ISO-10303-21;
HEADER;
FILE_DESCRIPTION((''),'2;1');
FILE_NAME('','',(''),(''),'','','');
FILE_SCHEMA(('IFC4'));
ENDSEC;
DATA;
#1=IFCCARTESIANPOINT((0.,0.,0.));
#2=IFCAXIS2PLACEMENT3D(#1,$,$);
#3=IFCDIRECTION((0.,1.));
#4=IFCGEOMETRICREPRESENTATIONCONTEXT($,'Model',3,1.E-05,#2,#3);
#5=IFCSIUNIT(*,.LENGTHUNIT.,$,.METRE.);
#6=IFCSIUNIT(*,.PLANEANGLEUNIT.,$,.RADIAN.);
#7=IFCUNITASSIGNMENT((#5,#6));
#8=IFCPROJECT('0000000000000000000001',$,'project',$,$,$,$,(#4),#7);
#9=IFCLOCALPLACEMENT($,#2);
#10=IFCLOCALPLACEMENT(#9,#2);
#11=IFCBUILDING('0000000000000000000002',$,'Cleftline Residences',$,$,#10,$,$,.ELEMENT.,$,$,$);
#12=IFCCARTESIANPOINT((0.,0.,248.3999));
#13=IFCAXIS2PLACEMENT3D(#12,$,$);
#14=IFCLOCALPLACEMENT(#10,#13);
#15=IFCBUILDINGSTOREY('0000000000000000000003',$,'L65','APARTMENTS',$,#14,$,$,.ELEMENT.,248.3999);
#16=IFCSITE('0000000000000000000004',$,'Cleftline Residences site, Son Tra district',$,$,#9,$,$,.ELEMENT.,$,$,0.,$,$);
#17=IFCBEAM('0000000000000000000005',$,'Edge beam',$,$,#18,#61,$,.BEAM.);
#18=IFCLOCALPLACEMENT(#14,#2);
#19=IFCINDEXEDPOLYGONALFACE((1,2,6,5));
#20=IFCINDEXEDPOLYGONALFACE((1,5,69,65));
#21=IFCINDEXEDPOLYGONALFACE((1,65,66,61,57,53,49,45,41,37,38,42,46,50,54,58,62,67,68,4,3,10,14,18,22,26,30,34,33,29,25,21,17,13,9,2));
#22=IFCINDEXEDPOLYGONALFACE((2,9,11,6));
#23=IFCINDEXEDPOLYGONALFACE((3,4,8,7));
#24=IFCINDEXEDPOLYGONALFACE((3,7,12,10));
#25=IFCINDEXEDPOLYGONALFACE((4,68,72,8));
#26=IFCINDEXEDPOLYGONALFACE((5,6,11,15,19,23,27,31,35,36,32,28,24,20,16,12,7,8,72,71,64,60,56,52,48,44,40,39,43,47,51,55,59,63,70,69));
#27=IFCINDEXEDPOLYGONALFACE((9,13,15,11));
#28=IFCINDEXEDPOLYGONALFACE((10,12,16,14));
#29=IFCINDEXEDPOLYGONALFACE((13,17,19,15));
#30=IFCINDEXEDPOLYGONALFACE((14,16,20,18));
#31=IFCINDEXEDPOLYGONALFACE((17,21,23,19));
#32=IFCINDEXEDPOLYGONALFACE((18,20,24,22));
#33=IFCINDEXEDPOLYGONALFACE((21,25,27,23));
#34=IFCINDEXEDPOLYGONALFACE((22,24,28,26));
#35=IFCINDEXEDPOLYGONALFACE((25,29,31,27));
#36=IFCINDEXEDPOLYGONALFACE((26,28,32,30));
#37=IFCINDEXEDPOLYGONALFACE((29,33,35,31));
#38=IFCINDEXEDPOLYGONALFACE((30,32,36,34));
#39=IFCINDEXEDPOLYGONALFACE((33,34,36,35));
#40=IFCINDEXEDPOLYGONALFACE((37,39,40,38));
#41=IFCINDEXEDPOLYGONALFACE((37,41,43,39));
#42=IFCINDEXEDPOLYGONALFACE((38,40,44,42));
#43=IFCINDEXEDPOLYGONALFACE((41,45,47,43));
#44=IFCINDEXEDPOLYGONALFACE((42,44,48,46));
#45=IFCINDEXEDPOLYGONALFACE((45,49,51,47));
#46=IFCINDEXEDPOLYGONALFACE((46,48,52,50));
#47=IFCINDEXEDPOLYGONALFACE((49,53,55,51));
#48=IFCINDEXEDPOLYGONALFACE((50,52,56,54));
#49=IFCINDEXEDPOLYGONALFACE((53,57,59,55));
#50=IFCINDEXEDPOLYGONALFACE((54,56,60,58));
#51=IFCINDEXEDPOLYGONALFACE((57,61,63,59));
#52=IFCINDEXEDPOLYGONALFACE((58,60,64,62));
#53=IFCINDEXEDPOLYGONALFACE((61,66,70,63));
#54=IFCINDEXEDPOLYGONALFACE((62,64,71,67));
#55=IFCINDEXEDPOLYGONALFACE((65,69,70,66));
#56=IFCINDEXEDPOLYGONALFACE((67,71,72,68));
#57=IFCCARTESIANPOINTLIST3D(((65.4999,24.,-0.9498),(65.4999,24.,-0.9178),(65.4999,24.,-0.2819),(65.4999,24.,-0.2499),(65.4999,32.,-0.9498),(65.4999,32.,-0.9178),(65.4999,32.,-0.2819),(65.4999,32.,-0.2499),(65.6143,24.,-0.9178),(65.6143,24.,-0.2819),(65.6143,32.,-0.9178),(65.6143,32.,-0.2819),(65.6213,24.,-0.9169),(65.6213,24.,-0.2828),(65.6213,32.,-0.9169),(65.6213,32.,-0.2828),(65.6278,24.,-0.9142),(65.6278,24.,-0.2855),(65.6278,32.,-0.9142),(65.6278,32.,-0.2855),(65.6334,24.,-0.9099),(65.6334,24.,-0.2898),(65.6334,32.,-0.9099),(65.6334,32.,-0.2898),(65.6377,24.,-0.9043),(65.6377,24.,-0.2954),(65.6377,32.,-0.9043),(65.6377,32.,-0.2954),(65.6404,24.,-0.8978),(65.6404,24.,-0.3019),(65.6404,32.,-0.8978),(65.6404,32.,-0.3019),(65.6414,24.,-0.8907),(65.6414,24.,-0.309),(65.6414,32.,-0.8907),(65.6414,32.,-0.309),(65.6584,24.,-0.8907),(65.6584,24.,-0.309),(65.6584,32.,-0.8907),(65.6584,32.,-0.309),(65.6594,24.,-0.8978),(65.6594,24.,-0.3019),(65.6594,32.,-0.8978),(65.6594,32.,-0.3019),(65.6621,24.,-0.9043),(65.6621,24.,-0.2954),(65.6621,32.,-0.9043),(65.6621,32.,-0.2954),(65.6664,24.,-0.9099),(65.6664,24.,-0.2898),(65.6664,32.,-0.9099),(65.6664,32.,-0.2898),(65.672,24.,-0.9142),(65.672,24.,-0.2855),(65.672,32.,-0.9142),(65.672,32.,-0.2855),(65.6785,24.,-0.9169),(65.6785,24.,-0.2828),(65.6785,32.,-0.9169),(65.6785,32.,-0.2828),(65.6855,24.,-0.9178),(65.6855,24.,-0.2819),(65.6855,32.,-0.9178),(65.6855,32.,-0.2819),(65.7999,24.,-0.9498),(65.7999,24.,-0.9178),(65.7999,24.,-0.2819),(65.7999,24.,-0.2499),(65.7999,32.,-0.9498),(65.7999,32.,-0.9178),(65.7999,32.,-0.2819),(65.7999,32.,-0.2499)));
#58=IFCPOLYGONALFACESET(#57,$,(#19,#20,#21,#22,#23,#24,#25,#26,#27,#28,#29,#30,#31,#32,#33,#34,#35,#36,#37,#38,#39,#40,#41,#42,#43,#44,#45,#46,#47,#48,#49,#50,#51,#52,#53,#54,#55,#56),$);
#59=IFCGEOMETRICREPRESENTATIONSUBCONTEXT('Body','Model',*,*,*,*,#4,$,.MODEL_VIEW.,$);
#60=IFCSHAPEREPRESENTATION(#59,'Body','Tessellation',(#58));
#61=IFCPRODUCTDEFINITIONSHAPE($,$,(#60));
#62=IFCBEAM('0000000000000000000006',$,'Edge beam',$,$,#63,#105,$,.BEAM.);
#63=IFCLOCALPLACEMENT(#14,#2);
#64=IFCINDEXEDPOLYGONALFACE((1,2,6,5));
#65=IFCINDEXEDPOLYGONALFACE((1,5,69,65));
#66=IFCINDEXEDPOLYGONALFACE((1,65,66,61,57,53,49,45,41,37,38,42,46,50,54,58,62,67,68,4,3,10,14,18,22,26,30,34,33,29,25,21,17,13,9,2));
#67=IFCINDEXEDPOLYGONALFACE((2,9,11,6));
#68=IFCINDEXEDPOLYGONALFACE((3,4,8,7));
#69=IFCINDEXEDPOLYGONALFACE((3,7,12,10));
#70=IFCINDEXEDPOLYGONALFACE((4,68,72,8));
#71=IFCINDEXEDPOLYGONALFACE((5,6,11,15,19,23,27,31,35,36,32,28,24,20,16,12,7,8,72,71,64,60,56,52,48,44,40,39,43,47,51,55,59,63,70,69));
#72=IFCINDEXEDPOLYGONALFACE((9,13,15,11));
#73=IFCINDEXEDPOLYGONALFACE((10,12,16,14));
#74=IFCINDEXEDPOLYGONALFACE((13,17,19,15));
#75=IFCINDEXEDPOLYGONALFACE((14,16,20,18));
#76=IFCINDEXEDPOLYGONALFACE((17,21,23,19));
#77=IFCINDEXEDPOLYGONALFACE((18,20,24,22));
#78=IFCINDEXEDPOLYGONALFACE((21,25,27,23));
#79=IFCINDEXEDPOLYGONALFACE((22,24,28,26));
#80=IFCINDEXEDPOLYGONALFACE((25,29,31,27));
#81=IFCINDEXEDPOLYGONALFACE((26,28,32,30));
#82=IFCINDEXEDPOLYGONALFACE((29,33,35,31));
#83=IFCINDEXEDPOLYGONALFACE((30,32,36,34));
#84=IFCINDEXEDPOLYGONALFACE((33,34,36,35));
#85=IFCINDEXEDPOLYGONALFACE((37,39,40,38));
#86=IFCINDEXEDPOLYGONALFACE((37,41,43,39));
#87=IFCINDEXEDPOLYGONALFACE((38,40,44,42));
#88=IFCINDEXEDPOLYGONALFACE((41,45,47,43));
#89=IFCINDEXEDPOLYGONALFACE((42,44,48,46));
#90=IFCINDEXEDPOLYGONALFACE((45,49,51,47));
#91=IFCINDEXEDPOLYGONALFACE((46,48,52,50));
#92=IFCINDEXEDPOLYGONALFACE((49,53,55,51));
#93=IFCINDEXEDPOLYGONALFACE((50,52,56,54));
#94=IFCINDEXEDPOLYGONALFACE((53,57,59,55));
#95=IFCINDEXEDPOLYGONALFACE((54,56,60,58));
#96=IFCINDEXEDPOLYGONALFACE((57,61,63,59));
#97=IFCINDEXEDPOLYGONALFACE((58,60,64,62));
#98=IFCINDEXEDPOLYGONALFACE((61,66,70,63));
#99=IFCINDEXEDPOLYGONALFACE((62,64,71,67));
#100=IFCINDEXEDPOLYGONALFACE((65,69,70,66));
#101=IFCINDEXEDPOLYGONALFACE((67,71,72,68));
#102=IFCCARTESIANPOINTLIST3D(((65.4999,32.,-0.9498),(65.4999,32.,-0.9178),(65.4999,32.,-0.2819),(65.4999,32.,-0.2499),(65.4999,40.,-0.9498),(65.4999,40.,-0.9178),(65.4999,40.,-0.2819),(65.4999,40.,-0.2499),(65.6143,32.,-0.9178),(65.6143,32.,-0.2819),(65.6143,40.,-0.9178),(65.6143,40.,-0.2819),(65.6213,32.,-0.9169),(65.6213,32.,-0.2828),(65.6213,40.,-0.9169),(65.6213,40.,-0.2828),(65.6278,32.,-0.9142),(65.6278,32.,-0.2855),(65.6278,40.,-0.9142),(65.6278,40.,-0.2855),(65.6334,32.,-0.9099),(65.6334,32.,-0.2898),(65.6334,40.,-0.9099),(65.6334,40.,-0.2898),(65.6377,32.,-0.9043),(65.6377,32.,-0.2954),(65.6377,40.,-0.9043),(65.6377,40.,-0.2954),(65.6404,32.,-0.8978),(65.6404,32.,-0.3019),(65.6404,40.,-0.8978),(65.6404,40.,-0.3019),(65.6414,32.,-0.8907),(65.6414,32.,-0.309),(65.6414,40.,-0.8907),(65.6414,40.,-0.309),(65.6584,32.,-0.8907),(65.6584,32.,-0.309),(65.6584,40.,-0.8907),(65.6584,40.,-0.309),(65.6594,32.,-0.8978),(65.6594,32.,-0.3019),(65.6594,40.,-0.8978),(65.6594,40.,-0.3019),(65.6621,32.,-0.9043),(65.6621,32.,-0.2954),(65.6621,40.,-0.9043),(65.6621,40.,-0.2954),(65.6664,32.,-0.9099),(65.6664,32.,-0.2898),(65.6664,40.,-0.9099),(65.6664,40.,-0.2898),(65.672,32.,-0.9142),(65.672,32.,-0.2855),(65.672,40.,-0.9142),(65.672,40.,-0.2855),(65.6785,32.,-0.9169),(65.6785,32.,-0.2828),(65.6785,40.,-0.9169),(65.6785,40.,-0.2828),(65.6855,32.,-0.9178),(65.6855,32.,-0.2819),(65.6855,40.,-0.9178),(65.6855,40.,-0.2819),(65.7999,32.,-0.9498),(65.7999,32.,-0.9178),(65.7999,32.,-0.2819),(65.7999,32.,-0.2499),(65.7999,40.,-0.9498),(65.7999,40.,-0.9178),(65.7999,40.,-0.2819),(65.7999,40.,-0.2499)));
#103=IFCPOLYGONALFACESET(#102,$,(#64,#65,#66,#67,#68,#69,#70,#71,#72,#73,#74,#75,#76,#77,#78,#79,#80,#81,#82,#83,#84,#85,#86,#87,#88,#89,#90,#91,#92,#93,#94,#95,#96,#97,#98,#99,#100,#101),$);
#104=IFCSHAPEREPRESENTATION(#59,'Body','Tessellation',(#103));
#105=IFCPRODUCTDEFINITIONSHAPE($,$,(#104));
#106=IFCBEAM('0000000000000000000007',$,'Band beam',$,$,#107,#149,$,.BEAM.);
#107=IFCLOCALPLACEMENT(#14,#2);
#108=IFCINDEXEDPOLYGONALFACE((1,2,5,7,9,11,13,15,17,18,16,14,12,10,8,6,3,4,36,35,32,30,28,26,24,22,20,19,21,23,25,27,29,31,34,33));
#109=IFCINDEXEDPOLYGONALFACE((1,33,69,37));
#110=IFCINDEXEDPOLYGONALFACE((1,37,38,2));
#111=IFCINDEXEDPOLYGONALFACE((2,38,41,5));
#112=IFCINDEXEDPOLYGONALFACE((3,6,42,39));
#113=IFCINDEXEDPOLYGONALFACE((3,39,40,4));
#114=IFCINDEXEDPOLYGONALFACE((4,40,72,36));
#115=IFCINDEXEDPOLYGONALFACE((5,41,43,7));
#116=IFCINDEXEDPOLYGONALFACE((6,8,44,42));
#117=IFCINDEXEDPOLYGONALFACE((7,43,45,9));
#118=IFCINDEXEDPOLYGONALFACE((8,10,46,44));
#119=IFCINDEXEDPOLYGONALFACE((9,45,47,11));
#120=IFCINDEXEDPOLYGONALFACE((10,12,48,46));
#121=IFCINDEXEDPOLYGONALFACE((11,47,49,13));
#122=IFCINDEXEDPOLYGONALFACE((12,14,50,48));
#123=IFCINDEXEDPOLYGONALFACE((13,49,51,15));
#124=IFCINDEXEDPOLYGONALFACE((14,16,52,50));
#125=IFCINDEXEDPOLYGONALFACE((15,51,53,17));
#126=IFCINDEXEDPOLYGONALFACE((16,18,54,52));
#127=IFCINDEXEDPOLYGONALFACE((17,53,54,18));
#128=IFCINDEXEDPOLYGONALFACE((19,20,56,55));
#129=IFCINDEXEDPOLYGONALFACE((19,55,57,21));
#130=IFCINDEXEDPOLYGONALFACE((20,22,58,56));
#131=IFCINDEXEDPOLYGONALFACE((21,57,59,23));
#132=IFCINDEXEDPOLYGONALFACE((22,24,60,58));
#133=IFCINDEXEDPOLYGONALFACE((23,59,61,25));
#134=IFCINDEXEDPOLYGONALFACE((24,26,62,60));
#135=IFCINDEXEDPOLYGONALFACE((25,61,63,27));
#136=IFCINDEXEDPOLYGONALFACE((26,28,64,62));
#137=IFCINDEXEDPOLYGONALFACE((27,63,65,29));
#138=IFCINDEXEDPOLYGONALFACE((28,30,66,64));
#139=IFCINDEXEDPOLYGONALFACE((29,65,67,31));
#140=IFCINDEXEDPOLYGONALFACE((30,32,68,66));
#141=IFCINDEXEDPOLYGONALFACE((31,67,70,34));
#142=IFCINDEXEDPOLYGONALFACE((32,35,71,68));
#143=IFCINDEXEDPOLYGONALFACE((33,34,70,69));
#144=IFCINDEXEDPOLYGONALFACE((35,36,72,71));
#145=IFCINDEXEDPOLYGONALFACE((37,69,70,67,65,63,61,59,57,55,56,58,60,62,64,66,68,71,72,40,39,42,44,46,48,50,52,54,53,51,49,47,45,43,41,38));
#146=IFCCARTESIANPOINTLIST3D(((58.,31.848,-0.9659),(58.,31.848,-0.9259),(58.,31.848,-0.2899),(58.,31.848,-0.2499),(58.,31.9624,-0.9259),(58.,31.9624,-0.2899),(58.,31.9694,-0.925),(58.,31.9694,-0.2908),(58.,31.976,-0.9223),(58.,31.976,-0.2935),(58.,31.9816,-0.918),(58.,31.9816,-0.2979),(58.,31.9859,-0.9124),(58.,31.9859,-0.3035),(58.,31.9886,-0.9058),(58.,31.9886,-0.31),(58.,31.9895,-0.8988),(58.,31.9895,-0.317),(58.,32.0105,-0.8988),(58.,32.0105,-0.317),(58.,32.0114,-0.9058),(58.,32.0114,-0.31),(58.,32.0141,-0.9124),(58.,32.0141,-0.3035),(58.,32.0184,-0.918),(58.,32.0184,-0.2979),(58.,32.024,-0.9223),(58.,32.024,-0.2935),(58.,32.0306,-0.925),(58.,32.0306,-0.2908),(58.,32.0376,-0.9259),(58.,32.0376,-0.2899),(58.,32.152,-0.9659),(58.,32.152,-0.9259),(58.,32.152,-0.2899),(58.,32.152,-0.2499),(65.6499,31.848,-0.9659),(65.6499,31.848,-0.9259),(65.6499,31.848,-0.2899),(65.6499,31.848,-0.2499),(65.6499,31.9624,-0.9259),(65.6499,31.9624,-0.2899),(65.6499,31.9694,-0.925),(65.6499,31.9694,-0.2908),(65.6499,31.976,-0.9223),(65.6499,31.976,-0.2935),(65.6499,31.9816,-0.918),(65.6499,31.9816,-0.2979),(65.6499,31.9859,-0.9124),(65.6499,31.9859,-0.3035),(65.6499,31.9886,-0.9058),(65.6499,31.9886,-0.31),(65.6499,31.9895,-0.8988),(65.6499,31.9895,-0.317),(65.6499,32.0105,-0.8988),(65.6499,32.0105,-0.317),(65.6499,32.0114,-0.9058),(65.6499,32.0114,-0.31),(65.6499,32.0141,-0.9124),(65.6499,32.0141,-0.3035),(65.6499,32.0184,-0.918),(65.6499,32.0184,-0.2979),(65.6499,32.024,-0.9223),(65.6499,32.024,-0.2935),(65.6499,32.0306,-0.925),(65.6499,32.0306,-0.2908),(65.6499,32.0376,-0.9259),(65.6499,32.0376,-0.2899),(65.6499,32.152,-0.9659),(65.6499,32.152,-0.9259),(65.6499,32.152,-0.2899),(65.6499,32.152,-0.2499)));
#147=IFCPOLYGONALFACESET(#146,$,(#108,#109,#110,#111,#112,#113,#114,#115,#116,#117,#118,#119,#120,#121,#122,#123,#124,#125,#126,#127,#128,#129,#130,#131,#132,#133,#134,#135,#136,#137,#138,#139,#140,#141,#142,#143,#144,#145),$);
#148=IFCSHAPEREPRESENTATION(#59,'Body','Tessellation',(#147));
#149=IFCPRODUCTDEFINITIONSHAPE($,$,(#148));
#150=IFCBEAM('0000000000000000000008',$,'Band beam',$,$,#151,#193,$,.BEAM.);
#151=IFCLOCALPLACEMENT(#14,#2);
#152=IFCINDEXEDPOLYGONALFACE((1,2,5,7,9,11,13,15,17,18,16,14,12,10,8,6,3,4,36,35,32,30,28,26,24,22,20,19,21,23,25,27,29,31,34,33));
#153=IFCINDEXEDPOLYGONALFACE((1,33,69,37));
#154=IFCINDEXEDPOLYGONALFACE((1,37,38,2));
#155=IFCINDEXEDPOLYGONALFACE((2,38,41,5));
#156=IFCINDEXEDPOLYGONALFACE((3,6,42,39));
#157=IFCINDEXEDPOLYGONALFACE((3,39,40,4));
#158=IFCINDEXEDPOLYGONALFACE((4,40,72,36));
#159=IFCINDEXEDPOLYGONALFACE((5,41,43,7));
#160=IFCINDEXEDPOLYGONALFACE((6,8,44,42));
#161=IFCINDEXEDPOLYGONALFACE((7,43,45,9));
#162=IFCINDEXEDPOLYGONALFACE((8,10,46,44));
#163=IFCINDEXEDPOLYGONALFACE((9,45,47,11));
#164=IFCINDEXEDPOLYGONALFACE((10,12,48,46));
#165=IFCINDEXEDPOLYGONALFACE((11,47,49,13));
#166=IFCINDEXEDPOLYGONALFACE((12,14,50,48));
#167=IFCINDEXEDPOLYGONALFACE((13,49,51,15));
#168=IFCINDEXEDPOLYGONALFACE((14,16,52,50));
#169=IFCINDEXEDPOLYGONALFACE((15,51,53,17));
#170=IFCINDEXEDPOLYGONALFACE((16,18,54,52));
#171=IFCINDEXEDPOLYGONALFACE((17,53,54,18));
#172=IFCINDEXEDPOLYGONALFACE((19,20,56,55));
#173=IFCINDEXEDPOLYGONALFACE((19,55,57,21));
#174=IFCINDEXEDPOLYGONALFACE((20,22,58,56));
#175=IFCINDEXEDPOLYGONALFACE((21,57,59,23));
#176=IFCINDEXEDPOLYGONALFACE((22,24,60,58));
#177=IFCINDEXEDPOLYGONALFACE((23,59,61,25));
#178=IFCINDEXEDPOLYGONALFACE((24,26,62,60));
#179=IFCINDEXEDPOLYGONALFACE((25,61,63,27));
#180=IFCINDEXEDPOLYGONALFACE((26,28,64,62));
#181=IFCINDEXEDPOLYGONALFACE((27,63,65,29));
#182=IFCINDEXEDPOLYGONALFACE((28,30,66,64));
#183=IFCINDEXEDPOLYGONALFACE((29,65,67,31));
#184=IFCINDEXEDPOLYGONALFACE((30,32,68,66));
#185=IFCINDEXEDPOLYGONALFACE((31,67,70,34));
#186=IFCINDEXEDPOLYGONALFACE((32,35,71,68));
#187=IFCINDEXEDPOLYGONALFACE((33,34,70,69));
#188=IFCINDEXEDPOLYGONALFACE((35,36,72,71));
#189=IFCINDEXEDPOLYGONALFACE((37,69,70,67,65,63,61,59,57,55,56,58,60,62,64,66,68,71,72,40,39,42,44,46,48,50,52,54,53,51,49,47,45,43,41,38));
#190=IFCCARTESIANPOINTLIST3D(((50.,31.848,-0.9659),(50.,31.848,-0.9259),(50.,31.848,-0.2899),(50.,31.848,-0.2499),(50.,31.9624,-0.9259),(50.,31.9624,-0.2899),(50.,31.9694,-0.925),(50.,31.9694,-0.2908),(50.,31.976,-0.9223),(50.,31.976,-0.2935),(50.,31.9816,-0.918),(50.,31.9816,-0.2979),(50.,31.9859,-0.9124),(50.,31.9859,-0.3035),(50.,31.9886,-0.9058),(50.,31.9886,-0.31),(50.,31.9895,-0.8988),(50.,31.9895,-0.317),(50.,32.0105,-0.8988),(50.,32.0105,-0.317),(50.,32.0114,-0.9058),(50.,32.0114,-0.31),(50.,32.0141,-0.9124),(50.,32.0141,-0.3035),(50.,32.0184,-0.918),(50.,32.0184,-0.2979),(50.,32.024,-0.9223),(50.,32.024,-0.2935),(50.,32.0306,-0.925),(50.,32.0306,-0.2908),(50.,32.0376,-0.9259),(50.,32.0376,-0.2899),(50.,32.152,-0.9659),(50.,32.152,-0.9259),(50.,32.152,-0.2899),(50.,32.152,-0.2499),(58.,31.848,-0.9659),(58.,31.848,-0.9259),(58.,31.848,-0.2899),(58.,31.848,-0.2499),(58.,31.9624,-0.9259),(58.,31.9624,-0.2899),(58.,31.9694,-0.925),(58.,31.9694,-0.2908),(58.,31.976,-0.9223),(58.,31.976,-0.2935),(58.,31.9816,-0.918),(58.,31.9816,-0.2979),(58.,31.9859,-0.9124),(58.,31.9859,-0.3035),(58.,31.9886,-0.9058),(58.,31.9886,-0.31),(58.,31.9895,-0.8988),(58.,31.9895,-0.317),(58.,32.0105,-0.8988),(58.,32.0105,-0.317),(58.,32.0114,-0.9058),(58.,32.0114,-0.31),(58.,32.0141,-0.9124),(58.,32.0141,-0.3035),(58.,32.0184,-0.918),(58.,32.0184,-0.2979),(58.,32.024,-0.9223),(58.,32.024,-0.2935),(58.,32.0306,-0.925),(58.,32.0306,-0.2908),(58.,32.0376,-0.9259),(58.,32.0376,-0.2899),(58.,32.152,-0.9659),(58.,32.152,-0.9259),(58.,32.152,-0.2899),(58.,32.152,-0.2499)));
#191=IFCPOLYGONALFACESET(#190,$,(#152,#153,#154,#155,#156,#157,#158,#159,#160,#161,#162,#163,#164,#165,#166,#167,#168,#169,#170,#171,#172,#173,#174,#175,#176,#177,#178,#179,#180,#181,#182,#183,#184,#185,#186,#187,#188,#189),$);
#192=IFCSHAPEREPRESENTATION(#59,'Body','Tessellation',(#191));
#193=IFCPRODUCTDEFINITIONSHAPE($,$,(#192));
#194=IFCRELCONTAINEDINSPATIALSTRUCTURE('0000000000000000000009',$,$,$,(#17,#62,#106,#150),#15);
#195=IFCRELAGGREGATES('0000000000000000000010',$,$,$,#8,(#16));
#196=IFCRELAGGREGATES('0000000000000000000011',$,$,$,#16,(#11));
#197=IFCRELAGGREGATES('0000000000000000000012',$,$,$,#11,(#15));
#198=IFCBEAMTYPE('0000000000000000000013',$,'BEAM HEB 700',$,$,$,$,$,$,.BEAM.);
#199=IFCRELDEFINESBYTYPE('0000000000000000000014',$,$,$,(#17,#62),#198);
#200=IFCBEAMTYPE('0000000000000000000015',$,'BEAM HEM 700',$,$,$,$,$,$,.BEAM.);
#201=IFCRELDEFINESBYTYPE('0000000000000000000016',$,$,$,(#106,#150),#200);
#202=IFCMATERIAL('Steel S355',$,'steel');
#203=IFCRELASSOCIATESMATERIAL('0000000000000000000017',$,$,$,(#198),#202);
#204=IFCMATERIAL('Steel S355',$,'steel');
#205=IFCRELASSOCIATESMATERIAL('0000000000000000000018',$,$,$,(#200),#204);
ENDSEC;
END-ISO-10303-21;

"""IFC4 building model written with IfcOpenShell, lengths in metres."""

from ifc_helpers import new_model, si_unit, direction, frame, origin, origin_2d, place, context, subcontext, project, spatial, i_section, extrude, material, material_profile, profile_set, type_object, element, save


model = new_model("IFC4")

# Units and contexts
model_context = context("Model", 3, precision=1e-05, world=origin(), true_north=direction((0.0, 1.0)))
body_context = subcontext(model_context, "Body", "Model", "MODEL_VIEW")
ifc_project = project(units=[si_unit("LENGTHUNIT", "METRE"), si_unit("PLANEANGLEUNIT", "RADIAN")], contexts=[model_context])

# Site, building, storey
site_placement = place(None, origin())
site = spatial("IfcSite", under=ifc_project, at=site_placement, Name="Cleftline Residences site, Son Tra district", CompositionType="ELEMENT", RefElevation=0.0)
building_placement = place(site_placement, origin())
building = spatial("IfcBuilding", under=site, at=building_placement, Name="Cleftline Residences", CompositionType="ELEMENT")
storey_placement = place(building_placement, frame((0.0, 0.0, 248.3999)))
storey = spatial("IfcBuildingStorey", under=building, at=storey_placement, Name="L65", Description="APARTMENTS", CompositionType="ELEMENT", Elevation=248.3999)

# Beams
ifc_material_1 = material(Name="Steel S355", Category="steel")
ifc_material_profile_1 = material_profile(ifc_material_1, i_section(OverallWidth=0.3, OverallDepth=0.7, WebThickness=0.0171, FlangeThickness=0.032, FilletRadius=0.0271, at=origin_2d()))
ifc_profile_set_1 = profile_set([ifc_material_profile_1], Name="Steel S355")
beam_type_1 = type_object("IfcBeamType", Name="BEAM HEB 700", PredefinedType="BEAM", material=ifc_profile_set_1)
for number, where, z_axis, x_axis, name in (
    (1, (65.6499, 24.0, -0.5999), (0.0, 1.0, 0.0), (-1.0, 0.0, 0.0), "Edge beam"),
    (2, (65.6499, 32.0, -0.5999), (0.0, 1.0, 0.0), (-1.0, 0.0, 0.0), "Edge beam"),
):
    element("IfcBeam", number, at=place(storey_placement, frame(where, z_axis=z_axis, x_axis=x_axis)), inside=storey, type_object=beam_type_1, Name=name, PredefinedType="BEAM", context=body_context, shape_type="SweptSolid", body=[
        extrude(i_section(OverallWidth=0.3, OverallDepth=0.7, WebThickness=0.0171, FlangeThickness=0.032, FilletRadius=0.0271, at=origin_2d()), origin(), (0.0, 0.0, 1.0), 8.0),
    ])
ifc_material_2 = material(Name="Steel S355", Category="steel")
ifc_material_profile_2 = material_profile(ifc_material_2, i_section(OverallWidth=0.304, OverallDepth=0.7161, WebThickness=0.021, FlangeThickness=0.04, FilletRadius=0.0271, at=origin_2d()))
ifc_profile_set_2 = profile_set([ifc_material_profile_2], Name="Steel S355")
beam_type_2 = type_object("IfcBeamType", Name="BEAM HEM 700", PredefinedType="BEAM", material=ifc_profile_set_2)
beam_1_placement = place(storey_placement, frame((65.6499, 32.0, -0.6079), z_axis=(-1.0, 0.0, 0.0), x_axis=(0.0, -1.0, 0.0)))
element("IfcBeam", 3, at=beam_1_placement, inside=storey, type_object=beam_type_2, Name="Band beam", PredefinedType="BEAM", context=body_context, shape_type="SweptSolid", body=[
    extrude(i_section(OverallWidth=0.304, OverallDepth=0.7161, WebThickness=0.021, FlangeThickness=0.04, FilletRadius=0.0271, at=origin_2d()), origin(), (0.0, 0.0, 1.0), 7.6499),
])
beam_2_placement = place(storey_placement, frame((58.0, 32.0, -0.6079), z_axis=(-1.0, 0.0, 0.0), x_axis=(0.0, -1.0, 0.0)))
element("IfcBeam", 4, at=beam_2_placement, inside=storey, type_object=beam_type_2, Name="Band beam", PredefinedType="BEAM", context=body_context, shape_type="SweptSolid", body=[
    extrude(i_section(OverallWidth=0.304, OverallDepth=0.7161, WebThickness=0.021, FlangeThickness=0.04, FilletRadius=0.0271, at=origin_2d()), origin(), (0.0, 0.0, 1.0), 8.0),
])

save(model, "model.ifc")
